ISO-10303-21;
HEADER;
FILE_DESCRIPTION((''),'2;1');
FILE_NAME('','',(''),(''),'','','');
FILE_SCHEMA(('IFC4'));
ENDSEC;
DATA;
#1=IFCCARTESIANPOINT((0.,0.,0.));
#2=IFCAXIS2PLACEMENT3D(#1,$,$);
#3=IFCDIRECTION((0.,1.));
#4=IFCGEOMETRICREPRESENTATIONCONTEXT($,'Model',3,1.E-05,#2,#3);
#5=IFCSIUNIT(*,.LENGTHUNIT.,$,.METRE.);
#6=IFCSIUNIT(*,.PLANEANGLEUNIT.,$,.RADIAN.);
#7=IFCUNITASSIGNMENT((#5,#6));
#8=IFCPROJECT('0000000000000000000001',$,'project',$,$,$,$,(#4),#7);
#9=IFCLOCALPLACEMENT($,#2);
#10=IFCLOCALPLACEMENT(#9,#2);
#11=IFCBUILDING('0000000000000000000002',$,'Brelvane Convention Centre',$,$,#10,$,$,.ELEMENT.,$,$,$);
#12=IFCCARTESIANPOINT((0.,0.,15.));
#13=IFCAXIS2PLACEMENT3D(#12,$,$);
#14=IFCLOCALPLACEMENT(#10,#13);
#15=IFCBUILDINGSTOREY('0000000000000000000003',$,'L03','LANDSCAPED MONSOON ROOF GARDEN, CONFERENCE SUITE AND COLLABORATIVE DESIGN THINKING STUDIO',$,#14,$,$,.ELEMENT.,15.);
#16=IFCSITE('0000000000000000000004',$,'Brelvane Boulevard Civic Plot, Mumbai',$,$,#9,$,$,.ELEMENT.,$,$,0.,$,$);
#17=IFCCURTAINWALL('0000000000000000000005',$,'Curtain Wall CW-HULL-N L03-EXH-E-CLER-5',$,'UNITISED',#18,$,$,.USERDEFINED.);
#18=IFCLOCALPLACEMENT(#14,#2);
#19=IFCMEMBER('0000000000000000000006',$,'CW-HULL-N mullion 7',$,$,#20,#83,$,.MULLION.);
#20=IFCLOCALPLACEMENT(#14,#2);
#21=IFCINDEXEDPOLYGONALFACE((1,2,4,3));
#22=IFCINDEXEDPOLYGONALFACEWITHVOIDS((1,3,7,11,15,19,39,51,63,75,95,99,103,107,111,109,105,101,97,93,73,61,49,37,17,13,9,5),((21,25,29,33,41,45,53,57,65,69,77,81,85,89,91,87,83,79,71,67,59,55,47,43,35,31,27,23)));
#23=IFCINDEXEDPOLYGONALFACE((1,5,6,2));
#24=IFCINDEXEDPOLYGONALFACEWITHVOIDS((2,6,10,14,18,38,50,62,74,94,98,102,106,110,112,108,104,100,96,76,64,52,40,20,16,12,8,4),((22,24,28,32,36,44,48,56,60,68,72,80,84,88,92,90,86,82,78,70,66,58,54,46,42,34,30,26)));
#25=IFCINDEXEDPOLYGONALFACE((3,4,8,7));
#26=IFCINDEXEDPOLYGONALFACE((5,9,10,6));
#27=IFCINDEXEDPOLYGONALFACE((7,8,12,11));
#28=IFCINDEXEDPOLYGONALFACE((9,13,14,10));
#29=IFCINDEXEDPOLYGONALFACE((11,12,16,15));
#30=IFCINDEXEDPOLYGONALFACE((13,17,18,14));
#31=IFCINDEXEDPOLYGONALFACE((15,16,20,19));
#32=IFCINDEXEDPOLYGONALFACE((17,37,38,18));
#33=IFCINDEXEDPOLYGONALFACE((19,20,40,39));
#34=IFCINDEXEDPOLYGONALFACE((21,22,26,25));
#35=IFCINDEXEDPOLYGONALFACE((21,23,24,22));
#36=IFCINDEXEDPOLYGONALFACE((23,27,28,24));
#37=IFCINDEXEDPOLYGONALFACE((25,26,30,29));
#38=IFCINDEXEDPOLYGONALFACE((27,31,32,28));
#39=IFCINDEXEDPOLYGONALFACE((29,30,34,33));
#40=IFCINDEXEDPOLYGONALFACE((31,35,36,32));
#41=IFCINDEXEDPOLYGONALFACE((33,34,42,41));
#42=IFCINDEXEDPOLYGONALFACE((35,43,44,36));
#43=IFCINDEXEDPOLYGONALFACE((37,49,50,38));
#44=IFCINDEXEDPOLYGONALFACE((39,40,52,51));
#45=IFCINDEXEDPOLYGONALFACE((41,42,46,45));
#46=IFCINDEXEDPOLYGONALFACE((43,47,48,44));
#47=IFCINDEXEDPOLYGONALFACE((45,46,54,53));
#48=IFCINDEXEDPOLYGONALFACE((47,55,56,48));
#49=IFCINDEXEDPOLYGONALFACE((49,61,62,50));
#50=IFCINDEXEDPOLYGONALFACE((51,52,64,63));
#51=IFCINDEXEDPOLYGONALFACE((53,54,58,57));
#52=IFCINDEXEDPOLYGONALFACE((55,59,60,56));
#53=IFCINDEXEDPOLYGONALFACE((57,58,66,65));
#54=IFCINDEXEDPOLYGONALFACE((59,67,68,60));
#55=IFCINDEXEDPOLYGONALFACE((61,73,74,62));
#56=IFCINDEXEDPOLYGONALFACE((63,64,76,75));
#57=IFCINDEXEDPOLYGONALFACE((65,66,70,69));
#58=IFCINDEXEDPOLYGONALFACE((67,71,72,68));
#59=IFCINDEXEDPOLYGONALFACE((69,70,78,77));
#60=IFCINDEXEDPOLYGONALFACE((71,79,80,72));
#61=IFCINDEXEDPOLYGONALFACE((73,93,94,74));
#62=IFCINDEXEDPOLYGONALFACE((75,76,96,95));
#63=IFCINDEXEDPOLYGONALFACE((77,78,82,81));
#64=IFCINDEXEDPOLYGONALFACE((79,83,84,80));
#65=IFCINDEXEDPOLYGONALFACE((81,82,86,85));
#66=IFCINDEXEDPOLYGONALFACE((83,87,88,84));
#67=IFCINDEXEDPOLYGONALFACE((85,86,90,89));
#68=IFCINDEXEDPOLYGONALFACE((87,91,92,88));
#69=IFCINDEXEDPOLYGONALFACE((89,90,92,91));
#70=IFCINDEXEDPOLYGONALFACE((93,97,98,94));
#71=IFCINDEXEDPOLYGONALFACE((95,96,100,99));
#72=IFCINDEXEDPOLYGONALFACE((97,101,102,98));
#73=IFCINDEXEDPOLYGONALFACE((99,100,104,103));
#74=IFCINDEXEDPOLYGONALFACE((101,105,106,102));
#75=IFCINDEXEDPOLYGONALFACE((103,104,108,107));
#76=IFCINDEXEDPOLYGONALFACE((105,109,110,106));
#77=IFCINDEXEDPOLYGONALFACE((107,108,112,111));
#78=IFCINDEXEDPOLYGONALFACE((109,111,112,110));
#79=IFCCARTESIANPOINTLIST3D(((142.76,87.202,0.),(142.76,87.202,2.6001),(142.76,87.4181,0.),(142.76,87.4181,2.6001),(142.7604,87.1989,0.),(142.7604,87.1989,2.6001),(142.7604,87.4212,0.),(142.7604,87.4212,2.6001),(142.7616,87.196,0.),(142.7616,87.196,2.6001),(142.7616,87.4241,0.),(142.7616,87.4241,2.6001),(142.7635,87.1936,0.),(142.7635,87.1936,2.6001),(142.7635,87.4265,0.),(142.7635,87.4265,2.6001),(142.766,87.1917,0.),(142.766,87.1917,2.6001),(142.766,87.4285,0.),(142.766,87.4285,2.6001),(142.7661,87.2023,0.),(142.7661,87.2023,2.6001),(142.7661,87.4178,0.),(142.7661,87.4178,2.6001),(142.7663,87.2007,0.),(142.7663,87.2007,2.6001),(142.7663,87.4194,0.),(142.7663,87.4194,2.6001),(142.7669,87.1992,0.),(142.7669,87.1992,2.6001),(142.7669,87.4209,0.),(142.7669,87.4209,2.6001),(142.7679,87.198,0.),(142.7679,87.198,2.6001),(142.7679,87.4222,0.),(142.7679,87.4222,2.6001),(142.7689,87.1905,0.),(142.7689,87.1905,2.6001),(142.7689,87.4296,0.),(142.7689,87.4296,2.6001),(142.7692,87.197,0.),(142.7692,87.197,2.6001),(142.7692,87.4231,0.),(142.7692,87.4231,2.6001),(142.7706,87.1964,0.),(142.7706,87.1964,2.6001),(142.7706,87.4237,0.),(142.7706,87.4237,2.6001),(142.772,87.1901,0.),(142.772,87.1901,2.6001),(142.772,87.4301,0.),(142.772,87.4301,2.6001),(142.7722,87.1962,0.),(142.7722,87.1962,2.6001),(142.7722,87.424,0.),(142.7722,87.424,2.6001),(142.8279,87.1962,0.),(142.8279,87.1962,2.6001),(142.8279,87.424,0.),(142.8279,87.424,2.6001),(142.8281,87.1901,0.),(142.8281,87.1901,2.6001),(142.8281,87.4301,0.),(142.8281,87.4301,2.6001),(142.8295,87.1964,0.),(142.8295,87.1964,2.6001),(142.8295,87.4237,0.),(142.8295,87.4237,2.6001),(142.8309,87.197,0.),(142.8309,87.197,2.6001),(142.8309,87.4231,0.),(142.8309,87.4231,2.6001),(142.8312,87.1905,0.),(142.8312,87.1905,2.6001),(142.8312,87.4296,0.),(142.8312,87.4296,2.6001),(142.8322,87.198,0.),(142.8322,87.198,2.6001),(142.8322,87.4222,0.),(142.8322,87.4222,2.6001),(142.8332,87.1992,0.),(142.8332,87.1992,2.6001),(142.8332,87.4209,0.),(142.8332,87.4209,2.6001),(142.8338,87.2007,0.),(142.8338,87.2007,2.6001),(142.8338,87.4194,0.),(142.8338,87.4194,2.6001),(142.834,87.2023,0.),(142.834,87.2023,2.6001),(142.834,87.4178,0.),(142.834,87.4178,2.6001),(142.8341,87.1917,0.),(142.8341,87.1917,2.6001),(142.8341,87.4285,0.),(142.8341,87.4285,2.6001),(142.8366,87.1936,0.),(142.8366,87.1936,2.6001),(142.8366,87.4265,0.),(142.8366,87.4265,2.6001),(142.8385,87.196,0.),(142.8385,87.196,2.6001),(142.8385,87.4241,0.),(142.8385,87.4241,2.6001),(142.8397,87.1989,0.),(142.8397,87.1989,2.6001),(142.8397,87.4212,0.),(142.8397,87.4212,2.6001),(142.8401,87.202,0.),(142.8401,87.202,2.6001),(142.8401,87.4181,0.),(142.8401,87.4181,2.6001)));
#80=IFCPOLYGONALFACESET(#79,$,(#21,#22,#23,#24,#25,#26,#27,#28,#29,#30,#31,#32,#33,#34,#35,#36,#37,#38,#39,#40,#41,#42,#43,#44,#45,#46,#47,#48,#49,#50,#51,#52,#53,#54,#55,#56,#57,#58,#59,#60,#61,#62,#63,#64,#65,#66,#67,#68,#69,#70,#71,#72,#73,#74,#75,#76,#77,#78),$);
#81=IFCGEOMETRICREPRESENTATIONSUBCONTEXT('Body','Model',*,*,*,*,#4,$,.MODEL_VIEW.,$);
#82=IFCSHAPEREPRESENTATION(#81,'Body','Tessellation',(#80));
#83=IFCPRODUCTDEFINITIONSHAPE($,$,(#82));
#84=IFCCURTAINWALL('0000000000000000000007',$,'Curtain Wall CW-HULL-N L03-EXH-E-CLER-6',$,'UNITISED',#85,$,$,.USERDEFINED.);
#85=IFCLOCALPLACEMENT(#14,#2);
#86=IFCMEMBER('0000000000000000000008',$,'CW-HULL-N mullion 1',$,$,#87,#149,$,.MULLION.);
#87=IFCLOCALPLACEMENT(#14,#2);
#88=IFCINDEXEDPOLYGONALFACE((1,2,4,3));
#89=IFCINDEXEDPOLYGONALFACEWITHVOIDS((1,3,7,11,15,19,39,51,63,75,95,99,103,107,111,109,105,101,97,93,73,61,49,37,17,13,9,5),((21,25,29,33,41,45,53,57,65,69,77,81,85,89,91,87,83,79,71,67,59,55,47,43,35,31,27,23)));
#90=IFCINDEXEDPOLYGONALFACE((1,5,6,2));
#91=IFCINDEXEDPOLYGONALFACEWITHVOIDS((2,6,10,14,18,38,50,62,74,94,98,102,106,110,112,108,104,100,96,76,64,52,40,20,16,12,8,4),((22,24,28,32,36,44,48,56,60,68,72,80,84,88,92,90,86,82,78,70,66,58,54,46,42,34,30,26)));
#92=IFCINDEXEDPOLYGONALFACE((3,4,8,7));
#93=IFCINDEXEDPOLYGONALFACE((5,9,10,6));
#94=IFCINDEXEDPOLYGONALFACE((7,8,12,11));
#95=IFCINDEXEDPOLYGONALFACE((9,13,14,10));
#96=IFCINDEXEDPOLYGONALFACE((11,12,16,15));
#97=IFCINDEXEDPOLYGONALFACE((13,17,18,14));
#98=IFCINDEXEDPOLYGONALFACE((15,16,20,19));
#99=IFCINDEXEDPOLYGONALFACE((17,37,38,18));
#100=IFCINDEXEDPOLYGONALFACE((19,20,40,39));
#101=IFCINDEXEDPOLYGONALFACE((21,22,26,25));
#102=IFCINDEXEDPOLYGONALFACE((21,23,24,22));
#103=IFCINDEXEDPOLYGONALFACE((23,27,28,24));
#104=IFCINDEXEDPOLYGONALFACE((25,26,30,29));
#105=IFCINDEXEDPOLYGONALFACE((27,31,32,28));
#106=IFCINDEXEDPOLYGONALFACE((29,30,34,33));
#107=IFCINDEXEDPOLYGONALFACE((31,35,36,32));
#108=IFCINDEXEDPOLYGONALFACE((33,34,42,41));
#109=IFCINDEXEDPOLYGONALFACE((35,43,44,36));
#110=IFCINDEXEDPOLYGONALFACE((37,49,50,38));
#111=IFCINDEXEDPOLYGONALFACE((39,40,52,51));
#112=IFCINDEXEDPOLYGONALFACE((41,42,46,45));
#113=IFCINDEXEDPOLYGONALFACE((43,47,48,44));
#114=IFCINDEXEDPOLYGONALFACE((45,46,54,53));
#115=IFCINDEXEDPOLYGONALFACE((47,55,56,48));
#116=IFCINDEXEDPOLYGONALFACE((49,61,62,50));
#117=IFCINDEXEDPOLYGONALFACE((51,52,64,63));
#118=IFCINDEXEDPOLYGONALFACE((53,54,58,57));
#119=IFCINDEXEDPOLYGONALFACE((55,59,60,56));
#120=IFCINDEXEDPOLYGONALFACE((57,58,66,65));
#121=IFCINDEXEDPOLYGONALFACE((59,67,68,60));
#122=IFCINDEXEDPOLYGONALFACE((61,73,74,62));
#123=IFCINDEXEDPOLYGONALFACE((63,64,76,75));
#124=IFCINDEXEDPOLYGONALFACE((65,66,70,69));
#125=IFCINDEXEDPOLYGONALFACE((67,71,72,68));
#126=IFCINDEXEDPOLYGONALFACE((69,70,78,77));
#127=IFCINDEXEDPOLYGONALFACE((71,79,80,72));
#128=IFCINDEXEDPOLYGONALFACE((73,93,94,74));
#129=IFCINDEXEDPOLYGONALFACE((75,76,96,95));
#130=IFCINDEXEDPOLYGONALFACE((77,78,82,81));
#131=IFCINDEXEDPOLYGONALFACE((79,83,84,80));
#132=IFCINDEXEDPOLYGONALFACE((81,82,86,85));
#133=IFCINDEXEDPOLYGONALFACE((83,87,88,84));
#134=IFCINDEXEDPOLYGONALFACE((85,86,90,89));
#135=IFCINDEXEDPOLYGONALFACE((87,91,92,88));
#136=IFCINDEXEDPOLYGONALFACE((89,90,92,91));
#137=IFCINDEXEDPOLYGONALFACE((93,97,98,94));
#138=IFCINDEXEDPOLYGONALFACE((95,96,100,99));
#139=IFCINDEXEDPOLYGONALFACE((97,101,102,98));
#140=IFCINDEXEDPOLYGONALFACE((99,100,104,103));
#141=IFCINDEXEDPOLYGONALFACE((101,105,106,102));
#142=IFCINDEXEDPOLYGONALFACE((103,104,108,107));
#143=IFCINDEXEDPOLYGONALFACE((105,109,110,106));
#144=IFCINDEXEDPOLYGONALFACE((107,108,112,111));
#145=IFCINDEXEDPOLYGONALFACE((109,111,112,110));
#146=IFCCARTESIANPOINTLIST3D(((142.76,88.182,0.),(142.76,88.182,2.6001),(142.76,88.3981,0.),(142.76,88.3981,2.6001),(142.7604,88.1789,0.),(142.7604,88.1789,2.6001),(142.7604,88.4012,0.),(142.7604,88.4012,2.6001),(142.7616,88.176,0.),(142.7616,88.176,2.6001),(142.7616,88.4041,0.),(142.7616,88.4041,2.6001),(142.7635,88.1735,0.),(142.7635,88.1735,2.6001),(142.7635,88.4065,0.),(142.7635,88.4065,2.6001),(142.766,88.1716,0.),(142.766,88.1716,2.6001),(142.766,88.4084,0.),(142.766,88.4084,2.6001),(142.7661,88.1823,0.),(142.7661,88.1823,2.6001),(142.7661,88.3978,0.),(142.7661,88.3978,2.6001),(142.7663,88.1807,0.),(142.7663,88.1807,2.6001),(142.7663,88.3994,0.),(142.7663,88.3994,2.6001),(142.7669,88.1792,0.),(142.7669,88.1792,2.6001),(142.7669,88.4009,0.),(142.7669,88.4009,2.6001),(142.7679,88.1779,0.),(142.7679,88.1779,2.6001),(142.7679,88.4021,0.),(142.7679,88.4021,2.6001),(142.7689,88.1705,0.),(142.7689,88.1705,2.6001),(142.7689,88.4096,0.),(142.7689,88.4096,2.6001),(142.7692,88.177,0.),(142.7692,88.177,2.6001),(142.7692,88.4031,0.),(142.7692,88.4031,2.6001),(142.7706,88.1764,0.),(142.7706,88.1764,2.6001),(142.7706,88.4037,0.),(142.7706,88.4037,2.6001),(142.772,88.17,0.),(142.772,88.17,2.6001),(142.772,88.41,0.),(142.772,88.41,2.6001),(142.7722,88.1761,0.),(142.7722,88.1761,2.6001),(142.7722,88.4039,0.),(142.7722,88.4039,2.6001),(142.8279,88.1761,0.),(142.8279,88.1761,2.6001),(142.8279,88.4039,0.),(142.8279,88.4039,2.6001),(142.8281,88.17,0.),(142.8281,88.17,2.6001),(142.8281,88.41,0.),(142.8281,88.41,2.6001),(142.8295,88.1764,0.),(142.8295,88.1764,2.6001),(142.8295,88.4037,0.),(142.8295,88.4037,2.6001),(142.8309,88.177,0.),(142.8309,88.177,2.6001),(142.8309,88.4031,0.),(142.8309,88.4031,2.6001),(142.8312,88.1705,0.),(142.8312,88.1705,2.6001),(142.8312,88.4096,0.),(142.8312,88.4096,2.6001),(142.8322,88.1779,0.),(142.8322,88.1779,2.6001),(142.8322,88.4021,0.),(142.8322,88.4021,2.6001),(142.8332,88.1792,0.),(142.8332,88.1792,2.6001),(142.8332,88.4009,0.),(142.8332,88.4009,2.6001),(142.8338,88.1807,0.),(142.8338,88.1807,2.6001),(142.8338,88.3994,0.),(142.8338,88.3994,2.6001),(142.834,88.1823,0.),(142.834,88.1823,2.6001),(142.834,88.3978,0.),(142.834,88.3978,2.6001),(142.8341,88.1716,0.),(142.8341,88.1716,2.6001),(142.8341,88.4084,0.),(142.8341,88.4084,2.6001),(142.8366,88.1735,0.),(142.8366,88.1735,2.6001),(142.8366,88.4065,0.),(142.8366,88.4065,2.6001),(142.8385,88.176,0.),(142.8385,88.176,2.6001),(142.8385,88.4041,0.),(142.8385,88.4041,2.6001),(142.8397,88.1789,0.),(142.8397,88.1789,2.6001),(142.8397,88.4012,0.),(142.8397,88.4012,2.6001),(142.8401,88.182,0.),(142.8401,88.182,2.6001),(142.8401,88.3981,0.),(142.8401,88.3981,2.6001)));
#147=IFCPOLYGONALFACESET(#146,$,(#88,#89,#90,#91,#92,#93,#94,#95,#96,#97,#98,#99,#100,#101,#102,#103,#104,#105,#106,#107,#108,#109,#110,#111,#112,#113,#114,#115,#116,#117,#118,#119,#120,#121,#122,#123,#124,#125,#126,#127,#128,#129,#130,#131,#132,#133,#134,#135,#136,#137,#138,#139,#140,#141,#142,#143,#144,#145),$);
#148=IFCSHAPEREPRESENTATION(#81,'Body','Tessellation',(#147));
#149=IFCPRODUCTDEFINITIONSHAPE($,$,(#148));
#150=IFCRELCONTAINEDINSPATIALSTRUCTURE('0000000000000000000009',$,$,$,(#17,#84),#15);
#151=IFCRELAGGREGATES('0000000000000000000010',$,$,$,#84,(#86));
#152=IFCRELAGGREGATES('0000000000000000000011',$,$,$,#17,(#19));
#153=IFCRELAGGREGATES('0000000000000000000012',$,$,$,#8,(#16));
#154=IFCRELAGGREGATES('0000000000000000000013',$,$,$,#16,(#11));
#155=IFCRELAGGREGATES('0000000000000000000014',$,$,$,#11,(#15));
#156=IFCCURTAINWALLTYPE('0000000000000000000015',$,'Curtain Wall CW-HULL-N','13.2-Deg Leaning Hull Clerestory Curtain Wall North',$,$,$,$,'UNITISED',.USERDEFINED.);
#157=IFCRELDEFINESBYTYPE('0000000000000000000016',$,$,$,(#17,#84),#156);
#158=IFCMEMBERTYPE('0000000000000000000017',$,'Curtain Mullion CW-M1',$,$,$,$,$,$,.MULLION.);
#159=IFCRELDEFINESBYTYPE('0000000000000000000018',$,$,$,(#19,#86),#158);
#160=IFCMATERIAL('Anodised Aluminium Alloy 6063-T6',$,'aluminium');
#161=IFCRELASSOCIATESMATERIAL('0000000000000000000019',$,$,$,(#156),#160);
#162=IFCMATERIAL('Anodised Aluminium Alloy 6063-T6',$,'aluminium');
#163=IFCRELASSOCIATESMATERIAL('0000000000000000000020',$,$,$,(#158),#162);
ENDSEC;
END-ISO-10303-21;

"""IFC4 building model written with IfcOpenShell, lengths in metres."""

from ifc_helpers import new_model, si_unit, direction, frame, origin, origin_2d, place, context, subcontext, project, spatial, hollow_rectangle, extrude, material, material_profile, profile_set, type_object, element, aggregate, save


model = new_model("IFC4")

# Units and contexts
model_context = context("Model", 3, precision=1e-05, world=origin(), true_north=direction((0.0, 1.0)))
body_context = subcontext(model_context, "Body", "Model", "MODEL_VIEW")
ifc_project = project(units=[si_unit("LENGTHUNIT", "METRE"), si_unit("PLANEANGLEUNIT", "RADIAN")], contexts=[model_context])

# Site, building, storey
site_placement = place(None, origin())
site = spatial("IfcSite", under=ifc_project, at=site_placement, Name="Brelvane Boulevard Civic Plot, Mumbai", CompositionType="ELEMENT", RefElevation=0.0)
building_placement = place(site_placement, origin())
building = spatial("IfcBuilding", under=site, at=building_placement, Name="Brelvane Convention Centre", CompositionType="ELEMENT")
storey_placement = place(building_placement, frame((0.0, 0.0, 15.0)))
storey = spatial("IfcBuildingStorey", under=building, at=storey_placement, Name="L03", Description="LANDSCAPED MONSOON ROOF GARDEN, CONFERENCE SUITE AND COLLABORATIVE DESIGN THINKING STUDIO", CompositionType="ELEMENT", Elevation=15.0)

# Curtain wall, member
ifc_material_1 = material(Name="Anodised Aluminium Alloy 6063-T6", Category="aluminium")
curtain_wall_type = type_object("IfcCurtainWallType", Name="Curtain Wall CW-HULL-N", Description="13.2-Deg Leaning Hull Clerestory Curtain Wall North", ElementType="UNITISED", PredefinedType="USERDEFINED", material=ifc_material_1)
curtain_wall_1_placement = place(storey_placement, origin())
curtain_wall_1 = element("IfcCurtainWall", 1, at=curtain_wall_1_placement, inside=storey, type_object=curtain_wall_type, Name="Curtain Wall CW-HULL-N L03-EXH-E-CLER-5", ObjectType="UNITISED", PredefinedType="USERDEFINED")
ifc_material_2 = material(Name="Anodised Aluminium Alloy 6063-T6", Category="aluminium")
ifc_material_profile_1 = material_profile(ifc_material_2, hollow_rectangle(XDim=0.0801, YDim=0.24, WallThickness=0.0061, InnerFilletRadius=0.0061, OuterFilletRadius=0.012, at=origin_2d()), Name="ALU-M 240x80x6.0")
ifc_profile_set_1 = profile_set([ifc_material_profile_1], Name="Anodised Aluminium Alloy 6063-T6")
member_type_1 = type_object("IfcMemberType", Name="Curtain Mullion CW-M1", PredefinedType="MULLION", material=ifc_profile_set_1)
member_1_placement = place(storey_placement, frame((142.8, 87.3101, 0.0), z_axis=(0.0, 0.0, 1.0), x_axis=(-1.0, 0.0, 0.0)))
member_1 = element("IfcMember", 2, at=member_1_placement, type_object=member_type_1, Name="CW-HULL-N mullion 7", PredefinedType="MULLION", context=body_context, shape_type="SweptSolid", body=[
    extrude(hollow_rectangle(XDim=0.0801, YDim=0.24, WallThickness=0.0061, InnerFilletRadius=0.0061, OuterFilletRadius=0.012, at=origin_2d()), origin(), (0.0, 0.0, 1.0), 2.6001),
])

# Curtain wall, member
curtain_wall_2_placement = place(storey_placement, origin())
curtain_wall_2 = element("IfcCurtainWall", 3, at=curtain_wall_2_placement, inside=storey, type_object=curtain_wall_type, Name="Curtain Wall CW-HULL-N L03-EXH-E-CLER-6", ObjectType="UNITISED", PredefinedType="USERDEFINED")
member_2_placement = place(storey_placement, frame((142.8, 88.29, 0.0), z_axis=(0.0, 0.0, 1.0), x_axis=(-1.0, 0.0, 0.0)))
member_2 = element("IfcMember", 4, at=member_2_placement, type_object=member_type_1, Name="CW-HULL-N mullion 1", PredefinedType="MULLION", context=body_context, shape_type="SweptSolid", body=[
    extrude(hollow_rectangle(XDim=0.0801, YDim=0.24, WallThickness=0.0061, InnerFilletRadius=0.0061, OuterFilletRadius=0.012, at=origin_2d()), origin(), (0.0, 0.0, 1.0), 2.6001),
])
aggregate(curtain_wall_2, [member_2])

aggregate(curtain_wall_1, [member_1])

save(model, "model.ifc")
